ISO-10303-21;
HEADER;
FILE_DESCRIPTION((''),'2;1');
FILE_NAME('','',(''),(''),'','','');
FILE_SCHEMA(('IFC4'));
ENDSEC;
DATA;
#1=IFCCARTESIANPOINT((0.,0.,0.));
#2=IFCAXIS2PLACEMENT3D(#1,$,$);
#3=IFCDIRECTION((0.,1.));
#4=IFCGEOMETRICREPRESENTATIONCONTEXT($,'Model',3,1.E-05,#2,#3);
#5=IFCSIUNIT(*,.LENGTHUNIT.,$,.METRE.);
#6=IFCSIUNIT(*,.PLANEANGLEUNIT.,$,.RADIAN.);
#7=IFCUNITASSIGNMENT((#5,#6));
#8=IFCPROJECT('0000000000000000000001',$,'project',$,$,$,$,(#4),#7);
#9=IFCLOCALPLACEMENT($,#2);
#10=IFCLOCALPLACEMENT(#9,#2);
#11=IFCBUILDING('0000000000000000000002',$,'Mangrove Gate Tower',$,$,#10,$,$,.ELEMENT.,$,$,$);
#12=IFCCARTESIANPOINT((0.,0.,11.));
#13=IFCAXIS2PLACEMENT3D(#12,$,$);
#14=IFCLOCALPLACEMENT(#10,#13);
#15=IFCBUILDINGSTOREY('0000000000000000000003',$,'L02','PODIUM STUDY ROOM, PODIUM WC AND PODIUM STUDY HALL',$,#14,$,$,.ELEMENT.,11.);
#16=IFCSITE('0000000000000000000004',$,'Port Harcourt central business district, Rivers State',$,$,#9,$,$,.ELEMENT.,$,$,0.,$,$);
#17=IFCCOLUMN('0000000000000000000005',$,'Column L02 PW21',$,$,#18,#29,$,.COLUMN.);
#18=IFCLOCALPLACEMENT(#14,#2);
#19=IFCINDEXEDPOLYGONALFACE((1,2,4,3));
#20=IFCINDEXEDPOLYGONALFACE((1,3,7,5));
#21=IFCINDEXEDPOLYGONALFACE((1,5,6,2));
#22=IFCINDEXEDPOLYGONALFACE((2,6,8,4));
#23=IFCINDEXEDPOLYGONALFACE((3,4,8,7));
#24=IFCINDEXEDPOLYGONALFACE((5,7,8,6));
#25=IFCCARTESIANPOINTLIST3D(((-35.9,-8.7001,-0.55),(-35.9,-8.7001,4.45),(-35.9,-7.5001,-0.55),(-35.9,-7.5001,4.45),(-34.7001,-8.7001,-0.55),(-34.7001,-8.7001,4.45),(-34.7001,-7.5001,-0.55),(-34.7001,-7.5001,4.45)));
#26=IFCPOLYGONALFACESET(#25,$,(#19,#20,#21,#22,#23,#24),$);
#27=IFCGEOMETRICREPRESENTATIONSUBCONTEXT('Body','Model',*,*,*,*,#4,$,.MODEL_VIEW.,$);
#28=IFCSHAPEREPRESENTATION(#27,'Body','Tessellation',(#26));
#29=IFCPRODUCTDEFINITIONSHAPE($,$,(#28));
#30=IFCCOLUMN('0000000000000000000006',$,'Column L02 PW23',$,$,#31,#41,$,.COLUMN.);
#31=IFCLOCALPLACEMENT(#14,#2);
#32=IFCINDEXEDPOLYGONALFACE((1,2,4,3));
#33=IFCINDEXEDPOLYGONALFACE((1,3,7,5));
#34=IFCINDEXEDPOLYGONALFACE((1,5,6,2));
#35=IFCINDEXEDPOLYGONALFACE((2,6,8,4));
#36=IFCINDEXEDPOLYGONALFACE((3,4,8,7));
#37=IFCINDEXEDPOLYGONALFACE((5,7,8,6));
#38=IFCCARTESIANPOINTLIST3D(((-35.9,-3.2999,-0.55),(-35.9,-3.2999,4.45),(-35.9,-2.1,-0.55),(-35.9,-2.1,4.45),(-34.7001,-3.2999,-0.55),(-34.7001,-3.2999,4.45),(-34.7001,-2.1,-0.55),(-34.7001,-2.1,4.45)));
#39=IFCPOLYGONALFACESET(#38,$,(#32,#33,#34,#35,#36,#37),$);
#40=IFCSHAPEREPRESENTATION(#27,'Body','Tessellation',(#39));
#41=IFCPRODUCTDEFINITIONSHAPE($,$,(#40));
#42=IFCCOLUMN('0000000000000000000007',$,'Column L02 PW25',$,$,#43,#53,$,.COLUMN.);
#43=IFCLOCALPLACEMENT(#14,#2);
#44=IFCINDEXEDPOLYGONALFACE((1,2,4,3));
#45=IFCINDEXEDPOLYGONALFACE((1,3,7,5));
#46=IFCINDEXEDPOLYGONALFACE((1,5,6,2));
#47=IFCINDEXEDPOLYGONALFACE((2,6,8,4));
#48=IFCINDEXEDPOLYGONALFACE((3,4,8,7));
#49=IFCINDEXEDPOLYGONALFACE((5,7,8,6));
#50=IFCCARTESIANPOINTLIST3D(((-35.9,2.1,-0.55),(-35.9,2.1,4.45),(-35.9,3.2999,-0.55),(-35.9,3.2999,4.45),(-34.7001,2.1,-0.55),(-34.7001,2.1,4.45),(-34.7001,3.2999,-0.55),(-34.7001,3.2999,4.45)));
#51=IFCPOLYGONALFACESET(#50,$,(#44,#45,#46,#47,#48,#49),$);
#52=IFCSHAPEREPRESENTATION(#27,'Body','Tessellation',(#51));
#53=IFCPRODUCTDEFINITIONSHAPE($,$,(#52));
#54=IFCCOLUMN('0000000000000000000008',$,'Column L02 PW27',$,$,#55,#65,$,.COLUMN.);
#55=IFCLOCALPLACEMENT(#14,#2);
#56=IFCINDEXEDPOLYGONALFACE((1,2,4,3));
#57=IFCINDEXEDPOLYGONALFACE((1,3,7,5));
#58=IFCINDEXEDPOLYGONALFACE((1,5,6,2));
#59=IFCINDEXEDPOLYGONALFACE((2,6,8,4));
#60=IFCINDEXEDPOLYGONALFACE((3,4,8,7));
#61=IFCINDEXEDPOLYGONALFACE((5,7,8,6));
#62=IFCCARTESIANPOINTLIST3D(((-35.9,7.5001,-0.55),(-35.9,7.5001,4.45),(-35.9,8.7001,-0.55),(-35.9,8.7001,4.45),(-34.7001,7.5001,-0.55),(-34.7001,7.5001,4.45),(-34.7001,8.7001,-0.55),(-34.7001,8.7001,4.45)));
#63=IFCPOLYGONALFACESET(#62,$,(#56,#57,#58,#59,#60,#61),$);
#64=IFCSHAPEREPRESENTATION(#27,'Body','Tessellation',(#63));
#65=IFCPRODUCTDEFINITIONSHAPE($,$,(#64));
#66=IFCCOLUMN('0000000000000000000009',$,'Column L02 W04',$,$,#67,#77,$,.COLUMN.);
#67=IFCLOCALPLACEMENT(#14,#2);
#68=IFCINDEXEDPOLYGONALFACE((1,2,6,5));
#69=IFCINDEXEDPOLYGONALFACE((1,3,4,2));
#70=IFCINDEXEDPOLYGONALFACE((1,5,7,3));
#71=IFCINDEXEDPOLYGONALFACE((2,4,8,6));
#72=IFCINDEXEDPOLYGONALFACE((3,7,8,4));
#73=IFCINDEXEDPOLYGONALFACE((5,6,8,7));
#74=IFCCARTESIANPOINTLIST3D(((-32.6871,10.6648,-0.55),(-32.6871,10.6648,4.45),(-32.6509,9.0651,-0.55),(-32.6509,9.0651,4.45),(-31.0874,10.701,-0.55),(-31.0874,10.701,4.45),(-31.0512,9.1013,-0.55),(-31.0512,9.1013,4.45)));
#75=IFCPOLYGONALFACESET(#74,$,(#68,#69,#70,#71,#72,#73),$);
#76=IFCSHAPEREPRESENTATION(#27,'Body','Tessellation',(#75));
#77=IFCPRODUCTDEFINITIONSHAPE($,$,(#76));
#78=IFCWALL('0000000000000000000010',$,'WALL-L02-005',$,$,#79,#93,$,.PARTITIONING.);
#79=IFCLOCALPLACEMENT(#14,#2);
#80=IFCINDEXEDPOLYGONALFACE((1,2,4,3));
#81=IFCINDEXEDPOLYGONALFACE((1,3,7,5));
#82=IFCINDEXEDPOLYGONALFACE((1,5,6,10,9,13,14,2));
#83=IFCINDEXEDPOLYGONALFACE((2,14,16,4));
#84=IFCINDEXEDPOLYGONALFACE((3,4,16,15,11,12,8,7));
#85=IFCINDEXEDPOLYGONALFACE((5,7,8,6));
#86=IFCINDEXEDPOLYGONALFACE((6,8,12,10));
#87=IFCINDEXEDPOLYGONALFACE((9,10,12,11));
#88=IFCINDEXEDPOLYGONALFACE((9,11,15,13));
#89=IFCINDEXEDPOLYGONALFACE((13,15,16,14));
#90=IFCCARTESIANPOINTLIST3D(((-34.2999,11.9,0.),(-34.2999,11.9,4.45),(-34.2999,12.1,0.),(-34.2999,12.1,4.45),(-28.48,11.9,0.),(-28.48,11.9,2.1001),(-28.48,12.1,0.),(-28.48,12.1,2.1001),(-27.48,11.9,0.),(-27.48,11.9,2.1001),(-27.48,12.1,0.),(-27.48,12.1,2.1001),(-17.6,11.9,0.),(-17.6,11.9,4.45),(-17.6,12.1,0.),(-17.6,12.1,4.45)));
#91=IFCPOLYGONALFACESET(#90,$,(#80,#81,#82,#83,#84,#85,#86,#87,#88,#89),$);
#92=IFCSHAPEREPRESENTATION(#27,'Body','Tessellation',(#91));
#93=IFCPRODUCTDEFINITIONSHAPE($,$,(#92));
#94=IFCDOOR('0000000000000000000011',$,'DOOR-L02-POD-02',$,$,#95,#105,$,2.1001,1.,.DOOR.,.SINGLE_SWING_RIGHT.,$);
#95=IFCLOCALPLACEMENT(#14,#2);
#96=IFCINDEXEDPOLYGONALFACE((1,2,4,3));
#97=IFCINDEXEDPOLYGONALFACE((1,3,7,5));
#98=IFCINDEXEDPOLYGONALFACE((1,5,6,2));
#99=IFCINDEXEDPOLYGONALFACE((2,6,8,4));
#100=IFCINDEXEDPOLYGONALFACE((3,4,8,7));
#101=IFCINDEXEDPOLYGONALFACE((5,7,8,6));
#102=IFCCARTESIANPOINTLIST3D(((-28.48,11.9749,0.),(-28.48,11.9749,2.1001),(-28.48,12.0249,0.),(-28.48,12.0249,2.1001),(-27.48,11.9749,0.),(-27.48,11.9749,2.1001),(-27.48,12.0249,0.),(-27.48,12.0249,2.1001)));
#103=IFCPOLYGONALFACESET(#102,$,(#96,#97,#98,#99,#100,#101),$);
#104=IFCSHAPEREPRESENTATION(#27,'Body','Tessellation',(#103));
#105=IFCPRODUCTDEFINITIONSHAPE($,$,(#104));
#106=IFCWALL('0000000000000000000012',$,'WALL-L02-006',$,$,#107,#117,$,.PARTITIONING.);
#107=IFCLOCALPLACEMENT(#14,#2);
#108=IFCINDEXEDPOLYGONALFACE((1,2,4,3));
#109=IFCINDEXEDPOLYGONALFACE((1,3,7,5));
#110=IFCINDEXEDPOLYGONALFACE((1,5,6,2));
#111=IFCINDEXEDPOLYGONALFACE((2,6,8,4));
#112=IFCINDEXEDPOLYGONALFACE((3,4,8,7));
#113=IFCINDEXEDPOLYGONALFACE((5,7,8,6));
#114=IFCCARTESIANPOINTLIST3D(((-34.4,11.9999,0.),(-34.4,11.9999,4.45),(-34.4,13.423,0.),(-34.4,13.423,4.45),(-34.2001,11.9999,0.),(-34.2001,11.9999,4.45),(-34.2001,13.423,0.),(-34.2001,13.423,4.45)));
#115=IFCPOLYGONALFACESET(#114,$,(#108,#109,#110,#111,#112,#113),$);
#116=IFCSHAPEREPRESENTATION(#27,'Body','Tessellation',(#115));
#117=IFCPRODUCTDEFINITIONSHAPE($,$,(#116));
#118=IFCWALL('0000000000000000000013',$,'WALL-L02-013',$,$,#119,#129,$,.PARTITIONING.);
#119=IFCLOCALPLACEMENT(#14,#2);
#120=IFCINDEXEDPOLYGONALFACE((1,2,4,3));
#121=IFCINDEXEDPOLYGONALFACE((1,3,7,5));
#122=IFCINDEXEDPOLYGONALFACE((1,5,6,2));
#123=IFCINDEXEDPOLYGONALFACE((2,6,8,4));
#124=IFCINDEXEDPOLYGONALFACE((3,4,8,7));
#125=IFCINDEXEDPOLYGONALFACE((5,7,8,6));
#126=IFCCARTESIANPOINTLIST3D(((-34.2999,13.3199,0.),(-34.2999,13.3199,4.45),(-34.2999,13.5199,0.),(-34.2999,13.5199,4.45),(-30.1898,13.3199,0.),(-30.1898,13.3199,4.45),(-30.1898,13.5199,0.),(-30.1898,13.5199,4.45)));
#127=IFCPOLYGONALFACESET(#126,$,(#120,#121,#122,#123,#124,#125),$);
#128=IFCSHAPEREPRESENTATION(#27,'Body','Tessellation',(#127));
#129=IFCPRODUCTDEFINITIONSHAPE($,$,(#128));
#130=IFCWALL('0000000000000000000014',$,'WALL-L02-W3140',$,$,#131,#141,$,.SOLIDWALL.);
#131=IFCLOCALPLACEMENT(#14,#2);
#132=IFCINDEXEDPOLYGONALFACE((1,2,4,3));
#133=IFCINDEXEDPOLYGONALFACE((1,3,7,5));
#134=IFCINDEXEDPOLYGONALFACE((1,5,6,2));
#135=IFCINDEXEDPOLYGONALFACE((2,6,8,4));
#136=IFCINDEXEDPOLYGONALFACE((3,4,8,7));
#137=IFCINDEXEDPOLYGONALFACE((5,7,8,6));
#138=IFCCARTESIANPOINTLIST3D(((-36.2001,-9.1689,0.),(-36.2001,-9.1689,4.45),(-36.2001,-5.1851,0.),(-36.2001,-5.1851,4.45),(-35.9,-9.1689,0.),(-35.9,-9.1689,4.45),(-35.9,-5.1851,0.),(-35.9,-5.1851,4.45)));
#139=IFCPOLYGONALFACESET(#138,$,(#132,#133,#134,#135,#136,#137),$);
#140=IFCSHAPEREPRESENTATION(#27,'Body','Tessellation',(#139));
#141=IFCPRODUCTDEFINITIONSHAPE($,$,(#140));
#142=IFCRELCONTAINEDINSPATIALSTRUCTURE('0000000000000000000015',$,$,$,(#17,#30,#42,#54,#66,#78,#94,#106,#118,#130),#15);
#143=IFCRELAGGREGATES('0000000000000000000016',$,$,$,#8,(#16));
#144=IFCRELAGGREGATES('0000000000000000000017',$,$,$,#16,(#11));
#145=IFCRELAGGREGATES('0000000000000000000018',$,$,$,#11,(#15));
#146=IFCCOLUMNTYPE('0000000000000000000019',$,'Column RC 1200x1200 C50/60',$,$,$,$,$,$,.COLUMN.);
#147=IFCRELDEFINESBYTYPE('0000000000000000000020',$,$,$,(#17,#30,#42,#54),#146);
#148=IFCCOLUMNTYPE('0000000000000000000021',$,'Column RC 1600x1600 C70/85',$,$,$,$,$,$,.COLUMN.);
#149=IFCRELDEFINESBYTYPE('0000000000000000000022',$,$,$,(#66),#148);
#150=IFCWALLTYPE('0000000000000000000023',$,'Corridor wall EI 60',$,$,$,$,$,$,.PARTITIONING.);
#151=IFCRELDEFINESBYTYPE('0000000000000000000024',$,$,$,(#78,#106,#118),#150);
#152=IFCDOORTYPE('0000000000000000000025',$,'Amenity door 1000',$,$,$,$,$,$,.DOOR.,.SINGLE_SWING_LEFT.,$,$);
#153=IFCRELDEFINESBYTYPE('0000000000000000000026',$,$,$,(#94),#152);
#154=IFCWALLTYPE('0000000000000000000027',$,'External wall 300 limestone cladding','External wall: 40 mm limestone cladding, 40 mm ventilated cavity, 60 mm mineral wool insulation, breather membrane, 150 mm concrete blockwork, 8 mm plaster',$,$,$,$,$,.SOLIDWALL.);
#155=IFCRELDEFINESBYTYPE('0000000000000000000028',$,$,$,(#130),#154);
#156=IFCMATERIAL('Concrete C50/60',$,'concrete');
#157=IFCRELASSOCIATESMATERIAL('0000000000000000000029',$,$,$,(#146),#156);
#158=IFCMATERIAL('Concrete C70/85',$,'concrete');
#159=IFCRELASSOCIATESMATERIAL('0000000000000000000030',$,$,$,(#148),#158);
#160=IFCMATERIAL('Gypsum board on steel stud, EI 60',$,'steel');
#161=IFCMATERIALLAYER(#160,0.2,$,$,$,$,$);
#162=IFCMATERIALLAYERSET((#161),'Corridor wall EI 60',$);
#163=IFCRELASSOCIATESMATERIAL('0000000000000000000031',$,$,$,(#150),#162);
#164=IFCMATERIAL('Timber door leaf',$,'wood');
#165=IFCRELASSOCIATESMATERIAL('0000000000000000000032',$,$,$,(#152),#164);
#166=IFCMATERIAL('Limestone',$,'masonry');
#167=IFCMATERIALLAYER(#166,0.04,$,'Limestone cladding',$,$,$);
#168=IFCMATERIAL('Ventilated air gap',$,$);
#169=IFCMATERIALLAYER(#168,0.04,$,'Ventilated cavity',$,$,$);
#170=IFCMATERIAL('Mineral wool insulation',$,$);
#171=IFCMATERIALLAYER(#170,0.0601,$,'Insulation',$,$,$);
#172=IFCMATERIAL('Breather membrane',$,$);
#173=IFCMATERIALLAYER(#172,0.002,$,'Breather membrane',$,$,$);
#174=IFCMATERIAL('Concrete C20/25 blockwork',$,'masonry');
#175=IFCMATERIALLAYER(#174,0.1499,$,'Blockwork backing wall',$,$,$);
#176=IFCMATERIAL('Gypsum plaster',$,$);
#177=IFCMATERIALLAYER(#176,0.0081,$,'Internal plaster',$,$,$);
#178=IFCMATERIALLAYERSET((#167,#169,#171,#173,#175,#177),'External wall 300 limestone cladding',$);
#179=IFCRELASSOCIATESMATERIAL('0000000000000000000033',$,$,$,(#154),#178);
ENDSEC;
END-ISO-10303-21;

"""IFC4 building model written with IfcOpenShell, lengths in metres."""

from ifc_helpers import new_model, si_unit, direction, frame, frame_2d, origin, origin_2d, place, context, subcontext, project, spatial, rectangle, extrude, material, layer, layer_set, material_profile, profile_set, type_object, element, fill, save


model = new_model("IFC4")

# Units and contexts
model_context = context("Model", 3, precision=1e-05, world=origin(), true_north=direction((0.0, 1.0)))
body_context = subcontext(model_context, "Body", "Model", "MODEL_VIEW")
ifc_project = project(units=[si_unit("LENGTHUNIT", "METRE"), si_unit("PLANEANGLEUNIT", "RADIAN")], contexts=[model_context])

# Site, building, storey
site_placement = place(None, origin())
site = spatial("IfcSite", under=ifc_project, at=site_placement, Name="Port Harcourt central business district, Rivers State", CompositionType="ELEMENT", RefElevation=0.0)
building_placement = place(site_placement, origin())
building = spatial("IfcBuilding", under=site, at=building_placement, Name="Mangrove Gate Tower", CompositionType="ELEMENT")
storey_placement = place(building_placement, frame((0.0, 0.0, 11.0)))
storey = spatial("IfcBuildingStorey", under=building, at=storey_placement, Name="L02", Description="PODIUM STUDY ROOM, PODIUM WC AND PODIUM STUDY HALL", CompositionType="ELEMENT", Elevation=11.0)

# Columns
ifc_material_1 = material(Name="Concrete C50/60", Category="concrete")
ifc_material_profile_1 = material_profile(ifc_material_1, rectangle(XDim=1.2, YDim=1.2, at=origin_2d()))
ifc_profile_set_1 = profile_set([ifc_material_profile_1], Name="Concrete C50/60")
column_type_1 = type_object("IfcColumnType", Name="Column RC 1200x1200 C50/60", PredefinedType="COLUMN", material=ifc_profile_set_1)
for number, where, z_axis, x_axis, name in (
    (1, (-35.3, -8.1001, -0.55), (0.0, 0.0, 1.0), (1.0, 0.0, 0.0), "Column L02 PW21"),
    (2, (-35.3, -2.7, -0.55), (0.0, 0.0, 1.0), (1.0, 0.0, 0.0), "Column L02 PW23"),
    (3, (-35.3, 2.7, -0.55), (0.0, 0.0, 1.0), (1.0, 0.0, 0.0), "Column L02 PW25"),
    (4, (-35.3, 8.1001, -0.55), (0.0, 0.0, 1.0), (1.0, 0.0, 0.0), "Column L02 PW27"),
):
    element("IfcColumn", number, at=place(storey_placement, frame(where, z_axis=z_axis, x_axis=x_axis)), inside=storey, type_object=column_type_1, Name=name, PredefinedType="COLUMN", context=body_context, shape_type="SweptSolid", body=[
        extrude(rectangle(XDim=1.2, YDim=1.2, at=origin_2d()), origin(), (0.0, 0.0, 1.0), 5.0),
    ])
ifc_material_2 = material(Name="Concrete C70/85", Category="concrete")
ifc_material_profile_2 = material_profile(ifc_material_2, rectangle(XDim=1.6001, YDim=1.6001, at=origin_2d()))
ifc_profile_set_2 = profile_set([ifc_material_profile_2], Name="Concrete C70/85")
column_type_2 = type_object("IfcColumnType", Name="Column RC 1600x1600 C70/85", PredefinedType="COLUMN", material=ifc_profile_set_2)
column_placement = place(storey_placement, frame((-31.8691, 9.8831, -0.55), z_axis=(0.0, 0.0, 1.0), x_axis=(0.022653, -0.999743, 0.0)))
element("IfcColumn", 5, at=column_placement, inside=storey, type_object=column_type_2, Name="Column L02 W04", PredefinedType="COLUMN", context=body_context, shape_type="SweptSolid", body=[
    extrude(rectangle(XDim=1.6001, YDim=1.6001, at=origin_2d()), origin(), (0.0, 0.0, 1.0), 5.0),
])

# Wall, opening, door
ifc_material_3 = material(Name="Gypsum board on steel stud, EI 60", Category="steel")
ifc_layer_1 = layer(ifc_material_3, 0.2)
ifc_layer_set_1 = layer_set([ifc_layer_1], Name="Corridor wall EI 60")
wall_type_1 = type_object("IfcWallType", Name="Corridor wall EI 60", PredefinedType="PARTITIONING", material=ifc_layer_set_1)
wall_1_placement = place(storey_placement, frame((-34.3, 12.0, 0.0), z_axis=(0.0, 0.0, 1.0), x_axis=(1.0, 0.0, 0.0)))
wall_1 = element("IfcWall", 6, at=wall_1_placement, inside=storey, type_object=wall_type_1, Name="WALL-L02-005", PredefinedType="PARTITIONING", context=body_context, shape_type="SweptSolid", body=[
    extrude(rectangle(XDim=16.7, YDim=0.2, at=frame_2d((8.3501, 0.0))), origin(), (0.0, 0.0, 1.0), 4.45),
])
opening_placement = place(wall_1_placement, frame((5.8201, 0.0, 0.0)))
opening = element("IfcOpeningElement", 7, at=opening_placement, cuts=wall_1, PredefinedType="OPENING", context=body_context, shape_type="SweptSolid", body=[
    extrude(rectangle(XDim=1.0, YDim=2.1001, at=frame_2d((0.5, 1.05))), frame((0.0, 0.1099, 0.0), z_axis=(0.0, -1.0, 0.0), x_axis=(1.0, 0.0, 0.0)), (0.0, 0.0, 1.0), 0.22),
])
ifc_material_4 = material(Name="Timber door leaf", Category="wood")
door_type = type_object("IfcDoorType", Name="Amenity door 1000", OperationType="SINGLE_SWING_LEFT", PredefinedType="DOOR", material=ifc_material_4)
door_placement = place(opening_placement, origin())
door = element("IfcDoor", 8, at=door_placement, inside=storey, type_object=door_type, Name="DOOR-L02-POD-02", OperationType="SINGLE_SWING_RIGHT", OverallHeight=2.1001, OverallWidth=1.0, PredefinedType="DOOR", context=body_context, shape_type="SweptSolid", body=[
    extrude(rectangle(XDim=1.0, YDim=2.1001, at=frame_2d((0.5, 1.05))), frame((0.0, 0.0249, 0.0), z_axis=(0.0, -1.0, 0.0), x_axis=(1.0, 0.0, 0.0)), (0.0, 0.0, 1.0), 0.05),
])
fill(opening, door)

# Walls
wall_2_placement = place(storey_placement, frame((-34.3, 12.0, 0.0), z_axis=(0.0, 0.0, 1.0), x_axis=(0.0, 1.0, 0.0)))
element("IfcWall", 9, at=wall_2_placement, inside=storey, type_object=wall_type_1, Name="WALL-L02-006", PredefinedType="PARTITIONING", context=body_context, shape_type="SweptSolid", body=[
    extrude(rectangle(XDim=1.4231, YDim=0.2, at=frame_2d((0.7114, 0.0))), origin(), (0.0, 0.0, 1.0), 4.45),
])
wall_3_placement = place(storey_placement, frame((-34.3, 13.4199, 0.0), z_axis=(0.0, 0.0, 1.0), x_axis=(1.0, 0.0, 0.0)))
element("IfcWall", 10, at=wall_3_placement, inside=storey, type_object=wall_type_1, Name="WALL-L02-013", PredefinedType="PARTITIONING", context=body_context, shape_type="SweptSolid", body=[
    extrude(rectangle(XDim=4.1101, YDim=0.2, at=frame_2d((2.0552, 0.0))), origin(), (0.0, 0.0, 1.0), 4.45),
])
ifc_material_5 = material(Name="Limestone", Category="masonry")
ifc_layer_2 = layer(ifc_material_5, 0.04, Name="Limestone cladding")
ifc_material_6 = material(Name="Ventilated air gap")
ifc_layer_3 = layer(ifc_material_6, 0.04, Name="Ventilated cavity")
ifc_material_7 = material(Name="Mineral wool insulation")
ifc_layer_4 = layer(ifc_material_7, 0.0601, Name="Insulation")
ifc_material_8 = material(Name="Breather membrane")
ifc_layer_5 = layer(ifc_material_8, 0.002, Name="Breather membrane")
ifc_material_9 = material(Name="Concrete C20/25 blockwork", Category="masonry")
ifc_layer_6 = layer(ifc_material_9, 0.1499, Name="Blockwork backing wall")
ifc_material_10 = material(Name="Gypsum plaster")
ifc_layer_7 = layer(ifc_material_10, 0.0081, Name="Internal plaster")
ifc_layer_set_2 = layer_set([ifc_layer_2, ifc_layer_3, ifc_layer_4, ifc_layer_5, ifc_layer_6, ifc_layer_7], Name="External wall 300 limestone cladding")
wall_type_2 = type_object("IfcWallType", Name="External wall 300 limestone cladding", Description="External wall: 40 mm limestone cladding, 40 mm ventilated cavity, 60 mm mineral wool insulation, breather membrane, 150 mm concrete blockwork, 8 mm plaster", PredefinedType="SOLIDWALL", material=ifc_layer_set_2)
wall_4_placement = place(storey_placement, frame((-36.05, -5.1851, 0.0), z_axis=(0.0, 0.0, 1.0), x_axis=(0.0, -1.0, 0.0)))
element("IfcWall", 11, at=wall_4_placement, inside=storey, type_object=wall_type_2, Name="WALL-L02-W3140", PredefinedType="SOLIDWALL", context=body_context, shape_type="SweptSolid", body=[
    extrude(rectangle(XDim=3.9839, YDim=0.3, at=frame_2d((1.9919, 0.0))), origin(), (0.0, 0.0, 1.0), 4.45),
])

save(model, "model.ifc")
